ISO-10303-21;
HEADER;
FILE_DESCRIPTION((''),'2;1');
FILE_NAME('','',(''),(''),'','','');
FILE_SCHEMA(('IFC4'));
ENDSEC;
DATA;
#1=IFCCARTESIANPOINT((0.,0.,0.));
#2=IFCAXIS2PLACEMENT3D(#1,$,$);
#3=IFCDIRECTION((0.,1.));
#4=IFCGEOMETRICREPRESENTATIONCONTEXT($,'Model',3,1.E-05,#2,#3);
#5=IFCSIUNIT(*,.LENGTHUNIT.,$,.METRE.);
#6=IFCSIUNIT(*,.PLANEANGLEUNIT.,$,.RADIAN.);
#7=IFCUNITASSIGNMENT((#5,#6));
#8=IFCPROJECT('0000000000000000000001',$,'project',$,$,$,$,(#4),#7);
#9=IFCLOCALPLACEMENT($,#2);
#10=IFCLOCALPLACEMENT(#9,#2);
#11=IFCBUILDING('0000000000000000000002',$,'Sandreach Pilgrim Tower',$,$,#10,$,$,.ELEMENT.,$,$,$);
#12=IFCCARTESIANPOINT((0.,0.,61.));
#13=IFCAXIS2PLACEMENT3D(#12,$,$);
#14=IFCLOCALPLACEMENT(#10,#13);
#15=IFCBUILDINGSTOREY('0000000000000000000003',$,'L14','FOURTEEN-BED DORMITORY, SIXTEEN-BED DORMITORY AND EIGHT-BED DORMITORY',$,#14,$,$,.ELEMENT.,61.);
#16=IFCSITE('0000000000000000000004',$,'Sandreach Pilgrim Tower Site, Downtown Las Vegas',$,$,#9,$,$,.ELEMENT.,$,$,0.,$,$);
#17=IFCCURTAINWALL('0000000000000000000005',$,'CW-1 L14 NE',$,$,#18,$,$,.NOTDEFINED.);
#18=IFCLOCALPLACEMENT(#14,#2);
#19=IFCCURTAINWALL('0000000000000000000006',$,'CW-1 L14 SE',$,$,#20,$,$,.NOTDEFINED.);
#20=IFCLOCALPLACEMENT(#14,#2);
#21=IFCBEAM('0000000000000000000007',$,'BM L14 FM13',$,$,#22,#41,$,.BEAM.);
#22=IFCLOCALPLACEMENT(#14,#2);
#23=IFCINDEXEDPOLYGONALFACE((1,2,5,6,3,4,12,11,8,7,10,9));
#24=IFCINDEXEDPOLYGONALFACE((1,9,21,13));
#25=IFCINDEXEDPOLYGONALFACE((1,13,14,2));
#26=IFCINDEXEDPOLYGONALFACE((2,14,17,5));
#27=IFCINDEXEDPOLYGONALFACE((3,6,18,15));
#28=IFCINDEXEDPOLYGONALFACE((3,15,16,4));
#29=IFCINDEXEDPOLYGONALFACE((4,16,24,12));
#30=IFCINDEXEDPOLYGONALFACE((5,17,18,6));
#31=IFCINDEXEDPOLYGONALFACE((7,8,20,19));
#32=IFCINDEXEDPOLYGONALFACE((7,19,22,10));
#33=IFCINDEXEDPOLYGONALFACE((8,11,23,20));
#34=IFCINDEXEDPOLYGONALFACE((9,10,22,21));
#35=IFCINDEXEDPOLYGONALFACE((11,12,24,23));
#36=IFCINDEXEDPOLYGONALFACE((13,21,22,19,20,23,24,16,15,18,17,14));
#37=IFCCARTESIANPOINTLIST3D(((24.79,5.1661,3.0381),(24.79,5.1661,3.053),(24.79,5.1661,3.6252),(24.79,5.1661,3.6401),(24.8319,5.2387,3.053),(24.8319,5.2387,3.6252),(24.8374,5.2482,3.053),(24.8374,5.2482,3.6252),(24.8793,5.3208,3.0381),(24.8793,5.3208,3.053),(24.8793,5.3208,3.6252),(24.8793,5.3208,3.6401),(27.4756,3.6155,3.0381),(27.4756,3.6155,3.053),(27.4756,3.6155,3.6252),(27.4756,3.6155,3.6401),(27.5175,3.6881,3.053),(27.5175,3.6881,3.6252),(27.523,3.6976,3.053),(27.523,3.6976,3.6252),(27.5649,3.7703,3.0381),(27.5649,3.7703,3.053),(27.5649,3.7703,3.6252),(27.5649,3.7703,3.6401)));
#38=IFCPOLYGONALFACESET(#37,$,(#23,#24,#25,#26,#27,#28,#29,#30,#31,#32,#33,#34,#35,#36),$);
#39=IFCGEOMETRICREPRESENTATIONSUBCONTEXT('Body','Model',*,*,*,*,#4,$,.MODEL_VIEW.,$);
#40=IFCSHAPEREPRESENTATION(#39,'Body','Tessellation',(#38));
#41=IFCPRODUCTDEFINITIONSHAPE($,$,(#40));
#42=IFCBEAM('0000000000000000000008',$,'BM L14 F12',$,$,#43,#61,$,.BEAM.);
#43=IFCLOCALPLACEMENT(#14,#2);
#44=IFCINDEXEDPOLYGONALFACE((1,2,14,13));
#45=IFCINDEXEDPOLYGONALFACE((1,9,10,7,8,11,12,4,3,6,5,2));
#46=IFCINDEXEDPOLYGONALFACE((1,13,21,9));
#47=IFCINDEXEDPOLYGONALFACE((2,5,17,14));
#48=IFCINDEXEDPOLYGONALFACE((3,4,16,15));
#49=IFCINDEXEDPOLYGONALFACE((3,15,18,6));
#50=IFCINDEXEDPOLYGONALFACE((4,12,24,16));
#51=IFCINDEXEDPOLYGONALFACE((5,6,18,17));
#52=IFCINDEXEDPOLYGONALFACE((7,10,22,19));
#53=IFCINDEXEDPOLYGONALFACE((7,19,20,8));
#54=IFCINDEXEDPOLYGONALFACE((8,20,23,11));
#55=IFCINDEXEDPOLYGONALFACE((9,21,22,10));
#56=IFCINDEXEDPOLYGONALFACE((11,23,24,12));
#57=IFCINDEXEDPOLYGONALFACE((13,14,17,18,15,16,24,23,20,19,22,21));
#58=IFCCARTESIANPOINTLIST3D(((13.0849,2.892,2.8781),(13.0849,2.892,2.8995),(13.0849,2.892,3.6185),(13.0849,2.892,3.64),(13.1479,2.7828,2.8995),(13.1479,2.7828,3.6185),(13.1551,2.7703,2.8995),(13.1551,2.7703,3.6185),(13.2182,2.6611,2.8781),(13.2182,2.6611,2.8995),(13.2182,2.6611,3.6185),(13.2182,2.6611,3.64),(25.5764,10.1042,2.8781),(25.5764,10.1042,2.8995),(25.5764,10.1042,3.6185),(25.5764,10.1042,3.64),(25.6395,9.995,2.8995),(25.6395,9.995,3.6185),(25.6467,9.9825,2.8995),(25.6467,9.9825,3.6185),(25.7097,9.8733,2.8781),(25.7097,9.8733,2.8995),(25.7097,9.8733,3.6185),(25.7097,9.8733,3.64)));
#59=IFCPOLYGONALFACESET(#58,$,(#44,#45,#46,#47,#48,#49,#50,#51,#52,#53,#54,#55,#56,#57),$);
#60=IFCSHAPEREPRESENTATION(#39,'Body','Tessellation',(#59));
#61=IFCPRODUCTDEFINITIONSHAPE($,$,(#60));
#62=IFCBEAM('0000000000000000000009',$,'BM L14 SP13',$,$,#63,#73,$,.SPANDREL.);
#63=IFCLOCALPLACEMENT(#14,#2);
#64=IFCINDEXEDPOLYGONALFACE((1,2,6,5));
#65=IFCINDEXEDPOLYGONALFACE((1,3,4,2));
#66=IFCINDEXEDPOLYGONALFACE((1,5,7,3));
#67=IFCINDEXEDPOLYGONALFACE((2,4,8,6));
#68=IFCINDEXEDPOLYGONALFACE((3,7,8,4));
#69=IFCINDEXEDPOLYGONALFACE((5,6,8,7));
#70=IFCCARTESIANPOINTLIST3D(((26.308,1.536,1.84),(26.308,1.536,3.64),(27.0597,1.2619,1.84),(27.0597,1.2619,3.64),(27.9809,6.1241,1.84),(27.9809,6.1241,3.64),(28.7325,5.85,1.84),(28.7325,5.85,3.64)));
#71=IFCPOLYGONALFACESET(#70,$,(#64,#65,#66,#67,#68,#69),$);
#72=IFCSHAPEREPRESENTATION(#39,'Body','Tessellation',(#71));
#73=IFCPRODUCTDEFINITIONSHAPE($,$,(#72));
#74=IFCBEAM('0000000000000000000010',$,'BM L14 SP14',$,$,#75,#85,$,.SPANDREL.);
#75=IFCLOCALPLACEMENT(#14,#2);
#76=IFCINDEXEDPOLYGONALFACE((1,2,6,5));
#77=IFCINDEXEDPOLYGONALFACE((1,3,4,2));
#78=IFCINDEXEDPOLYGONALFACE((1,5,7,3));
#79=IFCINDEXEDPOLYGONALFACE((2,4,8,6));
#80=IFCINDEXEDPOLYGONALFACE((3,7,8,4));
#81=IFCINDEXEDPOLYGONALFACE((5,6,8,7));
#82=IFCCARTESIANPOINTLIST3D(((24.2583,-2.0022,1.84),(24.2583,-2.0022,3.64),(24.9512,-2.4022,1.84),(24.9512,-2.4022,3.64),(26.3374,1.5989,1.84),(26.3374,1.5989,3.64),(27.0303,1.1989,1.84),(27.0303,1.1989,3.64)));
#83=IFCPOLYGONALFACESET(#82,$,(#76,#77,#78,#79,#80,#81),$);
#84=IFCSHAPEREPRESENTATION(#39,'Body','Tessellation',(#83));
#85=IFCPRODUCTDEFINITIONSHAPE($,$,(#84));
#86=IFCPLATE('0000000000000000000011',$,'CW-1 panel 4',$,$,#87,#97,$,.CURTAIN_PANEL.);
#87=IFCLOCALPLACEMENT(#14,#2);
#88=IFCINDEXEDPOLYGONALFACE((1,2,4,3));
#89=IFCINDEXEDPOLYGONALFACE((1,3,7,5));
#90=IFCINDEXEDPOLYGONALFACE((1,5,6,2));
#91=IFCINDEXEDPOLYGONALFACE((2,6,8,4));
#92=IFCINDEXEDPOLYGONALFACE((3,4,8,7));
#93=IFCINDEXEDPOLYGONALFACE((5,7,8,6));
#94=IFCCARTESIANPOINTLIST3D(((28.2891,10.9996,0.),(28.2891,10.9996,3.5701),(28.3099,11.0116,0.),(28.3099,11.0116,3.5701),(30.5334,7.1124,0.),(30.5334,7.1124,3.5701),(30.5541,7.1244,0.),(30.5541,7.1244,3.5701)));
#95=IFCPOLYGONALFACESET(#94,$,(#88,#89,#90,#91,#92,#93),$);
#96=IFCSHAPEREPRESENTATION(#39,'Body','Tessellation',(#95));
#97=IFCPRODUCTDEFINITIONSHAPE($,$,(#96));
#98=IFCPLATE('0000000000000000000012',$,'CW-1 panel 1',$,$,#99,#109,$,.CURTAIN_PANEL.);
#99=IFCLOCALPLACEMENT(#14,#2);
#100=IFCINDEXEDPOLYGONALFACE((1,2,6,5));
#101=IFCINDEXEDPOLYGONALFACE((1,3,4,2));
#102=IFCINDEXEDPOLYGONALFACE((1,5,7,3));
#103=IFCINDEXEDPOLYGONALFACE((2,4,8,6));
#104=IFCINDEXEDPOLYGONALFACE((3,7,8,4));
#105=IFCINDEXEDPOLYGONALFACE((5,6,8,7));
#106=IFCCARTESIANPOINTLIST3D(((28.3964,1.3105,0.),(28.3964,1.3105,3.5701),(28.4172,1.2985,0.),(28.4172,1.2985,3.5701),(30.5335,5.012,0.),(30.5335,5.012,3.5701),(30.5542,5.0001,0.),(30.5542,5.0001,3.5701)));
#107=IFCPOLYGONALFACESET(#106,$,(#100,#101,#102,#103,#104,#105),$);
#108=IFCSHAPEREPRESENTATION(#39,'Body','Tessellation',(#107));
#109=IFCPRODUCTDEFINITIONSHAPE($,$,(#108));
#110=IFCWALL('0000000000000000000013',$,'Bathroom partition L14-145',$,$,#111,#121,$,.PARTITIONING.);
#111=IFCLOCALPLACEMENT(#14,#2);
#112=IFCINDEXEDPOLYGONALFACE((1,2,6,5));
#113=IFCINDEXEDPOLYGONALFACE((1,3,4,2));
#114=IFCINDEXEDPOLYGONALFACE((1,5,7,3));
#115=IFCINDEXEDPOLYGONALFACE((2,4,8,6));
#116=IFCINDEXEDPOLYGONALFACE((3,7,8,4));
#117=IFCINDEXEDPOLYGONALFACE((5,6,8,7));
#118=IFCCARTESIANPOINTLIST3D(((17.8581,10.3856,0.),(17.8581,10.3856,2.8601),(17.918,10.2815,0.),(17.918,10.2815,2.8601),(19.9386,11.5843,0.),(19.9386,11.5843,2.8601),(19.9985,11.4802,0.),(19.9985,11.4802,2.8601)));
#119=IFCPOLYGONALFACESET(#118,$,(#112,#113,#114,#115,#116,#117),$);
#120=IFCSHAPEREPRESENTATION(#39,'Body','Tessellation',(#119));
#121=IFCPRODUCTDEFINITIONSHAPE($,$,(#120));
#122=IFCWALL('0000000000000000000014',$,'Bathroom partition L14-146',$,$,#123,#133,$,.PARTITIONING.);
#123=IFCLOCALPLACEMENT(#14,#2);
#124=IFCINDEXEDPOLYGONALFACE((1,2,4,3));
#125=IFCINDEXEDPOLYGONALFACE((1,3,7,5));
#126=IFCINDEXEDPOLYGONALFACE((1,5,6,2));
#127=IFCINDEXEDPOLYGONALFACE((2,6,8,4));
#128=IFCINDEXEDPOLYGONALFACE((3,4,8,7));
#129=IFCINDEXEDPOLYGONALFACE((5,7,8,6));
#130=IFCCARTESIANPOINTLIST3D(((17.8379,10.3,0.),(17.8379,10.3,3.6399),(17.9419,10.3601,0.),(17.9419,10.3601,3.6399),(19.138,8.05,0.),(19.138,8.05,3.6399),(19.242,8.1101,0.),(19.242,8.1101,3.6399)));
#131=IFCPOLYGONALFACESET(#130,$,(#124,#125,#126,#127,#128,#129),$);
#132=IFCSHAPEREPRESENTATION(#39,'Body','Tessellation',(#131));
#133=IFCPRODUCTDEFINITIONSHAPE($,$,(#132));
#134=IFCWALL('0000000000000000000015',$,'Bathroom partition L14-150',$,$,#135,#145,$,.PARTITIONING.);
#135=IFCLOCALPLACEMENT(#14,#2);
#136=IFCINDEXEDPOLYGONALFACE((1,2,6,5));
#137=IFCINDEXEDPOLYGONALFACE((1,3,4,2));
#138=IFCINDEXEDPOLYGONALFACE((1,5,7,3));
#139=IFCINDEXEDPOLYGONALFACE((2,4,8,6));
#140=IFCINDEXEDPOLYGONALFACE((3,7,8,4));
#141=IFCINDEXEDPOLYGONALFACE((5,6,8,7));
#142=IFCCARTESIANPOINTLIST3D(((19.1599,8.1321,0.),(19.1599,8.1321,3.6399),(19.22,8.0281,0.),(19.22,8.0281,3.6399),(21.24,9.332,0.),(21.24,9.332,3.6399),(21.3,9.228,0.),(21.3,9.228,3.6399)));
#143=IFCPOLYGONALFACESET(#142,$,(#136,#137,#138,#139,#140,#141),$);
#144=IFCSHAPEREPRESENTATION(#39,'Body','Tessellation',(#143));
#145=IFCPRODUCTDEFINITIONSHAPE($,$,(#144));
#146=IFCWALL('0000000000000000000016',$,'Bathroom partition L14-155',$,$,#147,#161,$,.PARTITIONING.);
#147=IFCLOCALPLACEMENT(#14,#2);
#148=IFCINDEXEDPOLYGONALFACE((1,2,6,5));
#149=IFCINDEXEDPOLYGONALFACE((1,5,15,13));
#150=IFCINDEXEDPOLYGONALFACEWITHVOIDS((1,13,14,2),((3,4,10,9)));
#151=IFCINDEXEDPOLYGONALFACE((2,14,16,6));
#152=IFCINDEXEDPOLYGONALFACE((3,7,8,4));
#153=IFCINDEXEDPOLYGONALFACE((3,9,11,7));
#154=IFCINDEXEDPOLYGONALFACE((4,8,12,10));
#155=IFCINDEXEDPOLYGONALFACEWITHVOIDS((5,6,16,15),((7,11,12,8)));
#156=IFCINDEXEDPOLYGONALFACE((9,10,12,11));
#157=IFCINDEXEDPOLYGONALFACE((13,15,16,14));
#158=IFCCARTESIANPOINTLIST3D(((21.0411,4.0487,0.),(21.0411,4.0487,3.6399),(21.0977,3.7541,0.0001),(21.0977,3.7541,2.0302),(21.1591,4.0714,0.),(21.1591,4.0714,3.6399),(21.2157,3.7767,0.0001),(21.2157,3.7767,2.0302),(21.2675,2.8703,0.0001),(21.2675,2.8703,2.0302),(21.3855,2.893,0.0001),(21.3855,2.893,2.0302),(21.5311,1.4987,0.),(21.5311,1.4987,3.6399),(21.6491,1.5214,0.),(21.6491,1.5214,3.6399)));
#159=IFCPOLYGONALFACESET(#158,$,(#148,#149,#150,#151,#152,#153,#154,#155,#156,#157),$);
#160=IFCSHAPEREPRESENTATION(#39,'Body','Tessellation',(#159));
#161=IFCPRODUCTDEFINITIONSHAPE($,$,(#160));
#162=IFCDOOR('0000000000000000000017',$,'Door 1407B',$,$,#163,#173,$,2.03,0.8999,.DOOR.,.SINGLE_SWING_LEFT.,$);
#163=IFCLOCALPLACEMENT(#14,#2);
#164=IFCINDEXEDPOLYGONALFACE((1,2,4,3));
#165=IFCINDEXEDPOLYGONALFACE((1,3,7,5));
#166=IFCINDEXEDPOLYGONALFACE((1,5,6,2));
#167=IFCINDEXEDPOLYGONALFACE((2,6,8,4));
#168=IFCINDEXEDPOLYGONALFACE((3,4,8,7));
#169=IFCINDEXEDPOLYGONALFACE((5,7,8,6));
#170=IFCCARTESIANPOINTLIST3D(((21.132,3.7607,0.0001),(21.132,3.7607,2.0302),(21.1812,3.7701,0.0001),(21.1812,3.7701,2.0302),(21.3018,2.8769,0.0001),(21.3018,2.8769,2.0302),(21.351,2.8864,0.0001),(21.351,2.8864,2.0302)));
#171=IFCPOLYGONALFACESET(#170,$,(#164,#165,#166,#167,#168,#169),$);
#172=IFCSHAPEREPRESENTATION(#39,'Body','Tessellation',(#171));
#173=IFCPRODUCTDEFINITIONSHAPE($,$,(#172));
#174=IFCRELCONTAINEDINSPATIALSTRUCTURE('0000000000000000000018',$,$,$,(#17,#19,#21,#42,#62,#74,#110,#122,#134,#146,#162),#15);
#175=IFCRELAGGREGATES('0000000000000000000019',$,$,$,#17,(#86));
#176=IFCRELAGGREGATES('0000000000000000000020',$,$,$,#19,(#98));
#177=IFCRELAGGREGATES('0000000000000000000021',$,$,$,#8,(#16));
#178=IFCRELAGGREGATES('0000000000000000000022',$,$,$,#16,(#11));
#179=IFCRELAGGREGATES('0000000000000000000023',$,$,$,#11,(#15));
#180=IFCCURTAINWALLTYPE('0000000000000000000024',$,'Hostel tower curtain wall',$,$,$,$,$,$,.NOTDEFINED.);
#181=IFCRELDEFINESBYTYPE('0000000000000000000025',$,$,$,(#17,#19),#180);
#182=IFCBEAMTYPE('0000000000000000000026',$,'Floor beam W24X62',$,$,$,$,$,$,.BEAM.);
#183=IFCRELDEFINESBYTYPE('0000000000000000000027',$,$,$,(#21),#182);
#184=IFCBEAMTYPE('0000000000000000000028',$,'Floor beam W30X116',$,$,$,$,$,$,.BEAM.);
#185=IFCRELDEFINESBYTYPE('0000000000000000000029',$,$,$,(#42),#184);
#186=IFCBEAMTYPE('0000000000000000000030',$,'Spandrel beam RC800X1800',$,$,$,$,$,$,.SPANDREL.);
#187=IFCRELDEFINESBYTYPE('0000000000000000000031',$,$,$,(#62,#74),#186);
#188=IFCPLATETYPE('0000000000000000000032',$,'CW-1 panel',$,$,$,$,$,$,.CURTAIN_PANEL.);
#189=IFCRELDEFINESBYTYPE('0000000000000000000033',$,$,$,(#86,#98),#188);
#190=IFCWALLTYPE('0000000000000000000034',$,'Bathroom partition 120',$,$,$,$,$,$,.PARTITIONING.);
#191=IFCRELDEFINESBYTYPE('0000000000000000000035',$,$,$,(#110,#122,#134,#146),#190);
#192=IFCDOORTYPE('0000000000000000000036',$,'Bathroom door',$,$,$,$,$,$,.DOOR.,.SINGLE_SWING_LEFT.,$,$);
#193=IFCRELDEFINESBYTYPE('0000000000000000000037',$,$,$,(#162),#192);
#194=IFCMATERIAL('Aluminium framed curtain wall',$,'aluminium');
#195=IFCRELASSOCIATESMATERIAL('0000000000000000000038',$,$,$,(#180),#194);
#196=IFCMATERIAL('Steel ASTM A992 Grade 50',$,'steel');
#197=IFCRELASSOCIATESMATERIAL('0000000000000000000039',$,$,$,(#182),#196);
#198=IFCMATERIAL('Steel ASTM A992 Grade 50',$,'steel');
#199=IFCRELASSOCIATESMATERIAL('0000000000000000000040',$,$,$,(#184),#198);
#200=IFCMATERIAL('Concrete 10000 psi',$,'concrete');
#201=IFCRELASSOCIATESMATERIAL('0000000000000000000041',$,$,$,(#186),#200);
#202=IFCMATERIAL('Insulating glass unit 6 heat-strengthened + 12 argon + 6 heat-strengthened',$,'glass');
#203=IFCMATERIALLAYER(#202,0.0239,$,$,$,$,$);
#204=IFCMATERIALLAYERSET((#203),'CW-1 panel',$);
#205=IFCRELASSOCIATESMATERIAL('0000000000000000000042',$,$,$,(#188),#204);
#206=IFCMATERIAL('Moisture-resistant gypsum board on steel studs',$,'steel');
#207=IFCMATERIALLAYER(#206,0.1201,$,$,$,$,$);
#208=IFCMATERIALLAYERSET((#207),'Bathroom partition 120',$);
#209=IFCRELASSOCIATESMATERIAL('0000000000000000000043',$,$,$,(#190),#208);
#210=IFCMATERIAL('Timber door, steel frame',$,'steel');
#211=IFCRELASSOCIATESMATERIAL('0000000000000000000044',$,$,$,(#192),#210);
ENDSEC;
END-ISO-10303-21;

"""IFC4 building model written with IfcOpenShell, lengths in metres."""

from ifc_helpers import new_model, si_unit, direction, frame, frame_2d, origin, origin_2d, place, context, subcontext, project, spatial, rectangle, i_section, extrude, material, layer, layer_set, material_profile, profile_set, type_object, element, fill, aggregate, save


model = new_model("IFC4")

# Units and contexts
model_context = context("Model", 3, precision=1e-05, world=origin(), true_north=direction((0.0, 1.0)))
body_context = subcontext(model_context, "Body", "Model", "MODEL_VIEW")
ifc_project = project(units=[si_unit("LENGTHUNIT", "METRE"), si_unit("PLANEANGLEUNIT", "RADIAN")], contexts=[model_context])

# Site, building, storey
site_placement = place(None, origin())
site = spatial("IfcSite", under=ifc_project, at=site_placement, Name="Sandreach Pilgrim Tower Site, Downtown Las Vegas", CompositionType="ELEMENT", RefElevation=0.0)
building_placement = place(site_placement, origin())
building = spatial("IfcBuilding", under=site, at=building_placement, Name="Sandreach Pilgrim Tower", CompositionType="ELEMENT")
storey_placement = place(building_placement, frame((0.0, 0.0, 61.0)))
storey = spatial("IfcBuildingStorey", under=building, at=storey_placement, Name="L14", Description="FOURTEEN-BED DORMITORY, SIXTEEN-BED DORMITORY AND EIGHT-BED DORMITORY", CompositionType="ELEMENT", Elevation=61.0)

# Curtain wall
ifc_material_1 = material(Name="Aluminium framed curtain wall", Category="aluminium")
curtain_wall_type = type_object("IfcCurtainWallType", Name="Hostel tower curtain wall", PredefinedType="NOTDEFINED", material=ifc_material_1)
curtain_wall_1_placement = place(storey_placement, origin())
curtain_wall_1 = element("IfcCurtainWall", 1, at=curtain_wall_1_placement, inside=storey, type_object=curtain_wall_type, Name="CW-1 L14 NE", PredefinedType="NOTDEFINED")

# Curtain wall
curtain_wall_2_placement = place(storey_placement, origin())
curtain_wall_2 = element("IfcCurtainWall", 2, at=curtain_wall_2_placement, inside=storey, type_object=curtain_wall_type, Name="CW-1 L14 SE", PredefinedType="NOTDEFINED")

# Beams
ifc_material_2 = material(Name="Steel ASTM A992 Grade 50", Category="steel")
ifc_material_profile_1 = material_profile(ifc_material_2, i_section(OverallWidth=0.1787, OverallDepth=0.6021, WebThickness=0.011, FlangeThickness=0.0149, at=origin_2d()), Name="W24X62")
ifc_profile_set_1 = profile_set([ifc_material_profile_1], Name="Steel ASTM A992 Grade 50")
beam_type_1 = type_object("IfcBeamType", Name="Floor beam W24X62", PredefinedType="BEAM", material=ifc_profile_set_1)
beam_1_placement = place(storey_placement, frame((27.5203, 3.6929, 3.3391), z_axis=(-0.86602, 0.500009, 0.0), x_axis=(-0.500009, -0.86602, 0.0)))
element("IfcBeam", 3, at=beam_1_placement, inside=storey, type_object=beam_type_1, Name="BM L14 FM13", PredefinedType="BEAM", context=body_context, shape_type="SweptSolid", body=[
    extrude(i_section(OverallWidth=0.1787, OverallDepth=0.6021, WebThickness=0.011, FlangeThickness=0.0149, at=origin_2d()), origin(), (0.0, 0.0, 1.0), 3.1011),
])
ifc_material_3 = material(Name="Steel ASTM A992 Grade 50", Category="steel")
ifc_material_profile_2 = material_profile(ifc_material_3, i_section(OverallWidth=0.2666, OverallDepth=0.762, WebThickness=0.0144, FlangeThickness=0.0215, at=origin_2d()), Name="W30X116")
ifc_profile_set_2 = profile_set([ifc_material_profile_2], Name="Steel ASTM A992 Grade 50")
beam_type_2 = type_object("IfcBeamType", Name="Floor beam W30X116", PredefinedType="BEAM", material=ifc_profile_set_2)
beam_2_placement = place(storey_placement, frame((25.6431, 9.9888, 3.259), z_axis=(-0.866019, -0.500011, 0.0), x_axis=(0.500011, -0.866019, 0.0)))
element("IfcBeam", 4, at=beam_2_placement, inside=storey, type_object=beam_type_2, Name="BM L14 F12", PredefinedType="BEAM", context=body_context, shape_type="SweptSolid", body=[
    extrude(i_section(OverallWidth=0.2666, OverallDepth=0.762, WebThickness=0.0144, FlangeThickness=0.0215, at=origin_2d()), origin(), (0.0, 0.0, 1.0), 14.4241),
])
ifc_material_4 = material(Name="Concrete 10000 psi", Category="concrete")
ifc_material_profile_3 = material_profile(ifc_material_4, rectangle(XDim=0.8, YDim=1.8, at=origin_2d()), Name="RC800X1800")
ifc_profile_set_3 = profile_set([ifc_material_profile_3], Name="Concrete 10000 psi")
beam_type_3 = type_object("IfcBeamType", Name="Spandrel beam RC800X1800", PredefinedType="SPANDREL", material=ifc_profile_set_3)
beam_3_placement = place(storey_placement, frame((28.3567, 5.9871, 2.74), z_axis=(-0.342546, -0.939501, 0.0), x_axis=(0.939501, -0.342546, 0.0)))
element("IfcBeam", 5, at=beam_3_placement, inside=storey, type_object=beam_type_3, Name="BM L14 SP13", PredefinedType="SPANDREL", context=body_context, shape_type="SweptSolid", body=[
    extrude(rectangle(XDim=0.8, YDim=1.8, at=origin_2d()), origin(), (0.0, 0.0, 1.0), 4.8835),
])
beam_4_placement = place(storey_placement, frame((26.6838, 1.3989, 2.74), z_axis=(-0.500004, -0.866023, 0.0), x_axis=(0.866023, -0.500004, 0.0)))
element("IfcBeam", 6, at=beam_4_placement, inside=storey, type_object=beam_type_3, Name="BM L14 SP14", PredefinedType="SPANDREL", context=body_context, shape_type="SweptSolid", body=[
    extrude(rectangle(XDim=0.8, YDim=1.8, at=origin_2d()), origin(), (0.0, 0.0, 1.0), 4.1582),
])

# Plates
ifc_material_5 = material(Name="Insulating glass unit 6 heat-strengthened + 12 argon + 6 heat-strengthened", Category="glass")
ifc_layer_1 = layer(ifc_material_5, 0.0239)
ifc_layer_set_1 = layer_set([ifc_layer_1], Name="CW-1 panel")
plate_type = type_object("IfcPlateType", Name="CW-1 panel", PredefinedType="CURTAIN_PANEL", material=ifc_layer_set_1)
plate_1_placement = place(storey_placement, frame((29.4216, 9.062, 0.0), z_axis=(0.0, 0.0, 1.0), x_axis=(0.5, -0.866025, 0.0)))
plate_1 = element("IfcPlate", 7, at=plate_1_placement, type_object=plate_type, Name="CW-1 panel 4", PredefinedType="CURTAIN_PANEL", context=body_context, shape_type="SweptSolid", body=[
    extrude(rectangle(XDim=4.4885, YDim=0.0239, at=origin_2d()), origin(), (0.0, 0.0, 1.0), 3.5701),
])
aggregate(curtain_wall_1, [plate_1])
plate_2_placement = place(storey_placement, frame((29.4753, 3.1553, 0.0), z_axis=(0.0, 0.0, 1.0), x_axis=(-0.5, -0.866025, 0.0)))
plate_2 = element("IfcPlate", 8, at=plate_2_placement, type_object=plate_type, Name="CW-1 panel 1", PredefinedType="CURTAIN_PANEL", context=body_context, shape_type="SweptSolid", body=[
    extrude(rectangle(XDim=4.2742, YDim=0.0239, at=origin_2d()), origin(), (0.0, 0.0, 1.0), 3.5701),
])
aggregate(curtain_wall_2, [plate_2])

# Walls
ifc_material_6 = material(Name="Moisture-resistant gypsum board on steel studs", Category="steel")
ifc_layer_2 = layer(ifc_material_6, 0.1201)
ifc_layer_set_2 = layer_set([ifc_layer_2], Name="Bathroom partition 120")
wall_type_1 = type_object("IfcWallType", Name="Bathroom partition 120", PredefinedType="PARTITIONING", material=ifc_layer_set_2)
wall_1_placement = place(storey_placement, frame((17.8879, 10.3335, 0.0), z_axis=(0.0, 0.0, 1.0), x_axis=(0.866473, 0.499224, 0.0)))
element("IfcWall", 9, at=wall_1_placement, inside=storey, type_object=wall_type_1, Name="Bathroom partition L14-145", PredefinedType="PARTITIONING", context=body_context, shape_type="SweptSolid", body=[
    extrude(rectangle(XDim=2.4011, YDim=0.1201, at=frame_2d((1.2007, 0.0))), origin(), (0.0, 0.0, 1.0), 2.8601),
])
wall_2_placement = place(storey_placement, frame((17.8899, 10.3301, 0.0), z_axis=(0.0, 0.0, 1.0), x_axis=(0.500292, -0.865857, 0.0)))
element("IfcWall", 10, at=wall_2_placement, inside=storey, type_object=wall_type_1, Name="Bathroom partition L14-146", PredefinedType="PARTITIONING", context=body_context, shape_type="SweptSolid", body=[
    extrude(rectangle(XDim=2.5986, YDim=0.1201, at=frame_2d((1.2993, 0.0))), origin(), (0.0, 0.0, 1.0), 3.6399),
])
wall_3_placement = place(storey_placement, frame((19.1899, 8.0801, 0.0), z_axis=(0.0, 0.0, 1.0), x_axis=(0.866203, 0.499693, 0.0)))
element("IfcWall", 11, at=wall_3_placement, inside=storey, type_object=wall_type_1, Name="Bathroom partition L14-150", PredefinedType="PARTITIONING", context=body_context, shape_type="SweptSolid", body=[
    extrude(rectangle(XDim=2.4014, YDim=0.1201, at=frame_2d((1.2007, 0.0))), origin(), (0.0, 0.0, 1.0), 3.6399),
])

# Wall, opening, door
wall_4_placement = place(storey_placement, frame((21.1001, 4.0601, 0.0), z_axis=(0.0, 0.0, 1.0), x_axis=(0.188697, -0.982035, 0.0)))
wall_4 = element("IfcWall", 12, at=wall_4_placement, inside=storey, type_object=wall_type_1, Name="Bathroom partition L14-155", PredefinedType="PARTITIONING", context=body_context, shape_type="SweptSolid", body=[
    extrude(rectangle(XDim=2.5967, YDim=0.1201, at=frame_2d((1.2983, 0.0))), origin(), (0.0, 0.0, 1.0), 3.6399),
])
opening_1_placement = place(wall_4_placement, frame((0.3, 0.0, 0.0)))
opening_1 = element("IfcOpeningElement", 13, at=opening_1_placement, cuts=wall_4, PredefinedType="OPENING", context=body_context, shape_type="SweptSolid", body=[
    extrude(rectangle(XDim=0.8999, YDim=2.03, at=frame_2d((0.45, 1.0151))), frame((0.0, 0.0601, 0.0), z_axis=(0.0, -1.0, 0.0), x_axis=(1.0, 0.0, 0.0)), (0.0, 0.0, 1.0), 0.1201),
])
ifc_material_7 = material(Name="Timber door, steel frame", Category="steel")
door_type_1 = type_object("IfcDoorType", Name="Bathroom door", OperationType="SINGLE_SWING_LEFT", PredefinedType="DOOR", material=ifc_material_7)
door_1_placement = place(opening_1_placement, origin())
door_1 = element("IfcDoor", 14, at=door_1_placement, inside=storey, type_object=door_type_1, Name="Door 1407B", OperationType="SINGLE_SWING_LEFT", OverallHeight=2.03, OverallWidth=0.8999, PredefinedType="DOOR", context=body_context, shape_type="SweptSolid", body=[
    extrude(rectangle(XDim=0.8999, YDim=2.03, at=frame_2d((0.45, 1.0151))), frame((0.0, 0.0249, 0.0), z_axis=(0.0, -1.0, 0.0), x_axis=(1.0, 0.0, 0.0)), (0.0, 0.0, 1.0), 0.05),
])
fill(opening_1, door_1)

save(model, "model.ifc")
